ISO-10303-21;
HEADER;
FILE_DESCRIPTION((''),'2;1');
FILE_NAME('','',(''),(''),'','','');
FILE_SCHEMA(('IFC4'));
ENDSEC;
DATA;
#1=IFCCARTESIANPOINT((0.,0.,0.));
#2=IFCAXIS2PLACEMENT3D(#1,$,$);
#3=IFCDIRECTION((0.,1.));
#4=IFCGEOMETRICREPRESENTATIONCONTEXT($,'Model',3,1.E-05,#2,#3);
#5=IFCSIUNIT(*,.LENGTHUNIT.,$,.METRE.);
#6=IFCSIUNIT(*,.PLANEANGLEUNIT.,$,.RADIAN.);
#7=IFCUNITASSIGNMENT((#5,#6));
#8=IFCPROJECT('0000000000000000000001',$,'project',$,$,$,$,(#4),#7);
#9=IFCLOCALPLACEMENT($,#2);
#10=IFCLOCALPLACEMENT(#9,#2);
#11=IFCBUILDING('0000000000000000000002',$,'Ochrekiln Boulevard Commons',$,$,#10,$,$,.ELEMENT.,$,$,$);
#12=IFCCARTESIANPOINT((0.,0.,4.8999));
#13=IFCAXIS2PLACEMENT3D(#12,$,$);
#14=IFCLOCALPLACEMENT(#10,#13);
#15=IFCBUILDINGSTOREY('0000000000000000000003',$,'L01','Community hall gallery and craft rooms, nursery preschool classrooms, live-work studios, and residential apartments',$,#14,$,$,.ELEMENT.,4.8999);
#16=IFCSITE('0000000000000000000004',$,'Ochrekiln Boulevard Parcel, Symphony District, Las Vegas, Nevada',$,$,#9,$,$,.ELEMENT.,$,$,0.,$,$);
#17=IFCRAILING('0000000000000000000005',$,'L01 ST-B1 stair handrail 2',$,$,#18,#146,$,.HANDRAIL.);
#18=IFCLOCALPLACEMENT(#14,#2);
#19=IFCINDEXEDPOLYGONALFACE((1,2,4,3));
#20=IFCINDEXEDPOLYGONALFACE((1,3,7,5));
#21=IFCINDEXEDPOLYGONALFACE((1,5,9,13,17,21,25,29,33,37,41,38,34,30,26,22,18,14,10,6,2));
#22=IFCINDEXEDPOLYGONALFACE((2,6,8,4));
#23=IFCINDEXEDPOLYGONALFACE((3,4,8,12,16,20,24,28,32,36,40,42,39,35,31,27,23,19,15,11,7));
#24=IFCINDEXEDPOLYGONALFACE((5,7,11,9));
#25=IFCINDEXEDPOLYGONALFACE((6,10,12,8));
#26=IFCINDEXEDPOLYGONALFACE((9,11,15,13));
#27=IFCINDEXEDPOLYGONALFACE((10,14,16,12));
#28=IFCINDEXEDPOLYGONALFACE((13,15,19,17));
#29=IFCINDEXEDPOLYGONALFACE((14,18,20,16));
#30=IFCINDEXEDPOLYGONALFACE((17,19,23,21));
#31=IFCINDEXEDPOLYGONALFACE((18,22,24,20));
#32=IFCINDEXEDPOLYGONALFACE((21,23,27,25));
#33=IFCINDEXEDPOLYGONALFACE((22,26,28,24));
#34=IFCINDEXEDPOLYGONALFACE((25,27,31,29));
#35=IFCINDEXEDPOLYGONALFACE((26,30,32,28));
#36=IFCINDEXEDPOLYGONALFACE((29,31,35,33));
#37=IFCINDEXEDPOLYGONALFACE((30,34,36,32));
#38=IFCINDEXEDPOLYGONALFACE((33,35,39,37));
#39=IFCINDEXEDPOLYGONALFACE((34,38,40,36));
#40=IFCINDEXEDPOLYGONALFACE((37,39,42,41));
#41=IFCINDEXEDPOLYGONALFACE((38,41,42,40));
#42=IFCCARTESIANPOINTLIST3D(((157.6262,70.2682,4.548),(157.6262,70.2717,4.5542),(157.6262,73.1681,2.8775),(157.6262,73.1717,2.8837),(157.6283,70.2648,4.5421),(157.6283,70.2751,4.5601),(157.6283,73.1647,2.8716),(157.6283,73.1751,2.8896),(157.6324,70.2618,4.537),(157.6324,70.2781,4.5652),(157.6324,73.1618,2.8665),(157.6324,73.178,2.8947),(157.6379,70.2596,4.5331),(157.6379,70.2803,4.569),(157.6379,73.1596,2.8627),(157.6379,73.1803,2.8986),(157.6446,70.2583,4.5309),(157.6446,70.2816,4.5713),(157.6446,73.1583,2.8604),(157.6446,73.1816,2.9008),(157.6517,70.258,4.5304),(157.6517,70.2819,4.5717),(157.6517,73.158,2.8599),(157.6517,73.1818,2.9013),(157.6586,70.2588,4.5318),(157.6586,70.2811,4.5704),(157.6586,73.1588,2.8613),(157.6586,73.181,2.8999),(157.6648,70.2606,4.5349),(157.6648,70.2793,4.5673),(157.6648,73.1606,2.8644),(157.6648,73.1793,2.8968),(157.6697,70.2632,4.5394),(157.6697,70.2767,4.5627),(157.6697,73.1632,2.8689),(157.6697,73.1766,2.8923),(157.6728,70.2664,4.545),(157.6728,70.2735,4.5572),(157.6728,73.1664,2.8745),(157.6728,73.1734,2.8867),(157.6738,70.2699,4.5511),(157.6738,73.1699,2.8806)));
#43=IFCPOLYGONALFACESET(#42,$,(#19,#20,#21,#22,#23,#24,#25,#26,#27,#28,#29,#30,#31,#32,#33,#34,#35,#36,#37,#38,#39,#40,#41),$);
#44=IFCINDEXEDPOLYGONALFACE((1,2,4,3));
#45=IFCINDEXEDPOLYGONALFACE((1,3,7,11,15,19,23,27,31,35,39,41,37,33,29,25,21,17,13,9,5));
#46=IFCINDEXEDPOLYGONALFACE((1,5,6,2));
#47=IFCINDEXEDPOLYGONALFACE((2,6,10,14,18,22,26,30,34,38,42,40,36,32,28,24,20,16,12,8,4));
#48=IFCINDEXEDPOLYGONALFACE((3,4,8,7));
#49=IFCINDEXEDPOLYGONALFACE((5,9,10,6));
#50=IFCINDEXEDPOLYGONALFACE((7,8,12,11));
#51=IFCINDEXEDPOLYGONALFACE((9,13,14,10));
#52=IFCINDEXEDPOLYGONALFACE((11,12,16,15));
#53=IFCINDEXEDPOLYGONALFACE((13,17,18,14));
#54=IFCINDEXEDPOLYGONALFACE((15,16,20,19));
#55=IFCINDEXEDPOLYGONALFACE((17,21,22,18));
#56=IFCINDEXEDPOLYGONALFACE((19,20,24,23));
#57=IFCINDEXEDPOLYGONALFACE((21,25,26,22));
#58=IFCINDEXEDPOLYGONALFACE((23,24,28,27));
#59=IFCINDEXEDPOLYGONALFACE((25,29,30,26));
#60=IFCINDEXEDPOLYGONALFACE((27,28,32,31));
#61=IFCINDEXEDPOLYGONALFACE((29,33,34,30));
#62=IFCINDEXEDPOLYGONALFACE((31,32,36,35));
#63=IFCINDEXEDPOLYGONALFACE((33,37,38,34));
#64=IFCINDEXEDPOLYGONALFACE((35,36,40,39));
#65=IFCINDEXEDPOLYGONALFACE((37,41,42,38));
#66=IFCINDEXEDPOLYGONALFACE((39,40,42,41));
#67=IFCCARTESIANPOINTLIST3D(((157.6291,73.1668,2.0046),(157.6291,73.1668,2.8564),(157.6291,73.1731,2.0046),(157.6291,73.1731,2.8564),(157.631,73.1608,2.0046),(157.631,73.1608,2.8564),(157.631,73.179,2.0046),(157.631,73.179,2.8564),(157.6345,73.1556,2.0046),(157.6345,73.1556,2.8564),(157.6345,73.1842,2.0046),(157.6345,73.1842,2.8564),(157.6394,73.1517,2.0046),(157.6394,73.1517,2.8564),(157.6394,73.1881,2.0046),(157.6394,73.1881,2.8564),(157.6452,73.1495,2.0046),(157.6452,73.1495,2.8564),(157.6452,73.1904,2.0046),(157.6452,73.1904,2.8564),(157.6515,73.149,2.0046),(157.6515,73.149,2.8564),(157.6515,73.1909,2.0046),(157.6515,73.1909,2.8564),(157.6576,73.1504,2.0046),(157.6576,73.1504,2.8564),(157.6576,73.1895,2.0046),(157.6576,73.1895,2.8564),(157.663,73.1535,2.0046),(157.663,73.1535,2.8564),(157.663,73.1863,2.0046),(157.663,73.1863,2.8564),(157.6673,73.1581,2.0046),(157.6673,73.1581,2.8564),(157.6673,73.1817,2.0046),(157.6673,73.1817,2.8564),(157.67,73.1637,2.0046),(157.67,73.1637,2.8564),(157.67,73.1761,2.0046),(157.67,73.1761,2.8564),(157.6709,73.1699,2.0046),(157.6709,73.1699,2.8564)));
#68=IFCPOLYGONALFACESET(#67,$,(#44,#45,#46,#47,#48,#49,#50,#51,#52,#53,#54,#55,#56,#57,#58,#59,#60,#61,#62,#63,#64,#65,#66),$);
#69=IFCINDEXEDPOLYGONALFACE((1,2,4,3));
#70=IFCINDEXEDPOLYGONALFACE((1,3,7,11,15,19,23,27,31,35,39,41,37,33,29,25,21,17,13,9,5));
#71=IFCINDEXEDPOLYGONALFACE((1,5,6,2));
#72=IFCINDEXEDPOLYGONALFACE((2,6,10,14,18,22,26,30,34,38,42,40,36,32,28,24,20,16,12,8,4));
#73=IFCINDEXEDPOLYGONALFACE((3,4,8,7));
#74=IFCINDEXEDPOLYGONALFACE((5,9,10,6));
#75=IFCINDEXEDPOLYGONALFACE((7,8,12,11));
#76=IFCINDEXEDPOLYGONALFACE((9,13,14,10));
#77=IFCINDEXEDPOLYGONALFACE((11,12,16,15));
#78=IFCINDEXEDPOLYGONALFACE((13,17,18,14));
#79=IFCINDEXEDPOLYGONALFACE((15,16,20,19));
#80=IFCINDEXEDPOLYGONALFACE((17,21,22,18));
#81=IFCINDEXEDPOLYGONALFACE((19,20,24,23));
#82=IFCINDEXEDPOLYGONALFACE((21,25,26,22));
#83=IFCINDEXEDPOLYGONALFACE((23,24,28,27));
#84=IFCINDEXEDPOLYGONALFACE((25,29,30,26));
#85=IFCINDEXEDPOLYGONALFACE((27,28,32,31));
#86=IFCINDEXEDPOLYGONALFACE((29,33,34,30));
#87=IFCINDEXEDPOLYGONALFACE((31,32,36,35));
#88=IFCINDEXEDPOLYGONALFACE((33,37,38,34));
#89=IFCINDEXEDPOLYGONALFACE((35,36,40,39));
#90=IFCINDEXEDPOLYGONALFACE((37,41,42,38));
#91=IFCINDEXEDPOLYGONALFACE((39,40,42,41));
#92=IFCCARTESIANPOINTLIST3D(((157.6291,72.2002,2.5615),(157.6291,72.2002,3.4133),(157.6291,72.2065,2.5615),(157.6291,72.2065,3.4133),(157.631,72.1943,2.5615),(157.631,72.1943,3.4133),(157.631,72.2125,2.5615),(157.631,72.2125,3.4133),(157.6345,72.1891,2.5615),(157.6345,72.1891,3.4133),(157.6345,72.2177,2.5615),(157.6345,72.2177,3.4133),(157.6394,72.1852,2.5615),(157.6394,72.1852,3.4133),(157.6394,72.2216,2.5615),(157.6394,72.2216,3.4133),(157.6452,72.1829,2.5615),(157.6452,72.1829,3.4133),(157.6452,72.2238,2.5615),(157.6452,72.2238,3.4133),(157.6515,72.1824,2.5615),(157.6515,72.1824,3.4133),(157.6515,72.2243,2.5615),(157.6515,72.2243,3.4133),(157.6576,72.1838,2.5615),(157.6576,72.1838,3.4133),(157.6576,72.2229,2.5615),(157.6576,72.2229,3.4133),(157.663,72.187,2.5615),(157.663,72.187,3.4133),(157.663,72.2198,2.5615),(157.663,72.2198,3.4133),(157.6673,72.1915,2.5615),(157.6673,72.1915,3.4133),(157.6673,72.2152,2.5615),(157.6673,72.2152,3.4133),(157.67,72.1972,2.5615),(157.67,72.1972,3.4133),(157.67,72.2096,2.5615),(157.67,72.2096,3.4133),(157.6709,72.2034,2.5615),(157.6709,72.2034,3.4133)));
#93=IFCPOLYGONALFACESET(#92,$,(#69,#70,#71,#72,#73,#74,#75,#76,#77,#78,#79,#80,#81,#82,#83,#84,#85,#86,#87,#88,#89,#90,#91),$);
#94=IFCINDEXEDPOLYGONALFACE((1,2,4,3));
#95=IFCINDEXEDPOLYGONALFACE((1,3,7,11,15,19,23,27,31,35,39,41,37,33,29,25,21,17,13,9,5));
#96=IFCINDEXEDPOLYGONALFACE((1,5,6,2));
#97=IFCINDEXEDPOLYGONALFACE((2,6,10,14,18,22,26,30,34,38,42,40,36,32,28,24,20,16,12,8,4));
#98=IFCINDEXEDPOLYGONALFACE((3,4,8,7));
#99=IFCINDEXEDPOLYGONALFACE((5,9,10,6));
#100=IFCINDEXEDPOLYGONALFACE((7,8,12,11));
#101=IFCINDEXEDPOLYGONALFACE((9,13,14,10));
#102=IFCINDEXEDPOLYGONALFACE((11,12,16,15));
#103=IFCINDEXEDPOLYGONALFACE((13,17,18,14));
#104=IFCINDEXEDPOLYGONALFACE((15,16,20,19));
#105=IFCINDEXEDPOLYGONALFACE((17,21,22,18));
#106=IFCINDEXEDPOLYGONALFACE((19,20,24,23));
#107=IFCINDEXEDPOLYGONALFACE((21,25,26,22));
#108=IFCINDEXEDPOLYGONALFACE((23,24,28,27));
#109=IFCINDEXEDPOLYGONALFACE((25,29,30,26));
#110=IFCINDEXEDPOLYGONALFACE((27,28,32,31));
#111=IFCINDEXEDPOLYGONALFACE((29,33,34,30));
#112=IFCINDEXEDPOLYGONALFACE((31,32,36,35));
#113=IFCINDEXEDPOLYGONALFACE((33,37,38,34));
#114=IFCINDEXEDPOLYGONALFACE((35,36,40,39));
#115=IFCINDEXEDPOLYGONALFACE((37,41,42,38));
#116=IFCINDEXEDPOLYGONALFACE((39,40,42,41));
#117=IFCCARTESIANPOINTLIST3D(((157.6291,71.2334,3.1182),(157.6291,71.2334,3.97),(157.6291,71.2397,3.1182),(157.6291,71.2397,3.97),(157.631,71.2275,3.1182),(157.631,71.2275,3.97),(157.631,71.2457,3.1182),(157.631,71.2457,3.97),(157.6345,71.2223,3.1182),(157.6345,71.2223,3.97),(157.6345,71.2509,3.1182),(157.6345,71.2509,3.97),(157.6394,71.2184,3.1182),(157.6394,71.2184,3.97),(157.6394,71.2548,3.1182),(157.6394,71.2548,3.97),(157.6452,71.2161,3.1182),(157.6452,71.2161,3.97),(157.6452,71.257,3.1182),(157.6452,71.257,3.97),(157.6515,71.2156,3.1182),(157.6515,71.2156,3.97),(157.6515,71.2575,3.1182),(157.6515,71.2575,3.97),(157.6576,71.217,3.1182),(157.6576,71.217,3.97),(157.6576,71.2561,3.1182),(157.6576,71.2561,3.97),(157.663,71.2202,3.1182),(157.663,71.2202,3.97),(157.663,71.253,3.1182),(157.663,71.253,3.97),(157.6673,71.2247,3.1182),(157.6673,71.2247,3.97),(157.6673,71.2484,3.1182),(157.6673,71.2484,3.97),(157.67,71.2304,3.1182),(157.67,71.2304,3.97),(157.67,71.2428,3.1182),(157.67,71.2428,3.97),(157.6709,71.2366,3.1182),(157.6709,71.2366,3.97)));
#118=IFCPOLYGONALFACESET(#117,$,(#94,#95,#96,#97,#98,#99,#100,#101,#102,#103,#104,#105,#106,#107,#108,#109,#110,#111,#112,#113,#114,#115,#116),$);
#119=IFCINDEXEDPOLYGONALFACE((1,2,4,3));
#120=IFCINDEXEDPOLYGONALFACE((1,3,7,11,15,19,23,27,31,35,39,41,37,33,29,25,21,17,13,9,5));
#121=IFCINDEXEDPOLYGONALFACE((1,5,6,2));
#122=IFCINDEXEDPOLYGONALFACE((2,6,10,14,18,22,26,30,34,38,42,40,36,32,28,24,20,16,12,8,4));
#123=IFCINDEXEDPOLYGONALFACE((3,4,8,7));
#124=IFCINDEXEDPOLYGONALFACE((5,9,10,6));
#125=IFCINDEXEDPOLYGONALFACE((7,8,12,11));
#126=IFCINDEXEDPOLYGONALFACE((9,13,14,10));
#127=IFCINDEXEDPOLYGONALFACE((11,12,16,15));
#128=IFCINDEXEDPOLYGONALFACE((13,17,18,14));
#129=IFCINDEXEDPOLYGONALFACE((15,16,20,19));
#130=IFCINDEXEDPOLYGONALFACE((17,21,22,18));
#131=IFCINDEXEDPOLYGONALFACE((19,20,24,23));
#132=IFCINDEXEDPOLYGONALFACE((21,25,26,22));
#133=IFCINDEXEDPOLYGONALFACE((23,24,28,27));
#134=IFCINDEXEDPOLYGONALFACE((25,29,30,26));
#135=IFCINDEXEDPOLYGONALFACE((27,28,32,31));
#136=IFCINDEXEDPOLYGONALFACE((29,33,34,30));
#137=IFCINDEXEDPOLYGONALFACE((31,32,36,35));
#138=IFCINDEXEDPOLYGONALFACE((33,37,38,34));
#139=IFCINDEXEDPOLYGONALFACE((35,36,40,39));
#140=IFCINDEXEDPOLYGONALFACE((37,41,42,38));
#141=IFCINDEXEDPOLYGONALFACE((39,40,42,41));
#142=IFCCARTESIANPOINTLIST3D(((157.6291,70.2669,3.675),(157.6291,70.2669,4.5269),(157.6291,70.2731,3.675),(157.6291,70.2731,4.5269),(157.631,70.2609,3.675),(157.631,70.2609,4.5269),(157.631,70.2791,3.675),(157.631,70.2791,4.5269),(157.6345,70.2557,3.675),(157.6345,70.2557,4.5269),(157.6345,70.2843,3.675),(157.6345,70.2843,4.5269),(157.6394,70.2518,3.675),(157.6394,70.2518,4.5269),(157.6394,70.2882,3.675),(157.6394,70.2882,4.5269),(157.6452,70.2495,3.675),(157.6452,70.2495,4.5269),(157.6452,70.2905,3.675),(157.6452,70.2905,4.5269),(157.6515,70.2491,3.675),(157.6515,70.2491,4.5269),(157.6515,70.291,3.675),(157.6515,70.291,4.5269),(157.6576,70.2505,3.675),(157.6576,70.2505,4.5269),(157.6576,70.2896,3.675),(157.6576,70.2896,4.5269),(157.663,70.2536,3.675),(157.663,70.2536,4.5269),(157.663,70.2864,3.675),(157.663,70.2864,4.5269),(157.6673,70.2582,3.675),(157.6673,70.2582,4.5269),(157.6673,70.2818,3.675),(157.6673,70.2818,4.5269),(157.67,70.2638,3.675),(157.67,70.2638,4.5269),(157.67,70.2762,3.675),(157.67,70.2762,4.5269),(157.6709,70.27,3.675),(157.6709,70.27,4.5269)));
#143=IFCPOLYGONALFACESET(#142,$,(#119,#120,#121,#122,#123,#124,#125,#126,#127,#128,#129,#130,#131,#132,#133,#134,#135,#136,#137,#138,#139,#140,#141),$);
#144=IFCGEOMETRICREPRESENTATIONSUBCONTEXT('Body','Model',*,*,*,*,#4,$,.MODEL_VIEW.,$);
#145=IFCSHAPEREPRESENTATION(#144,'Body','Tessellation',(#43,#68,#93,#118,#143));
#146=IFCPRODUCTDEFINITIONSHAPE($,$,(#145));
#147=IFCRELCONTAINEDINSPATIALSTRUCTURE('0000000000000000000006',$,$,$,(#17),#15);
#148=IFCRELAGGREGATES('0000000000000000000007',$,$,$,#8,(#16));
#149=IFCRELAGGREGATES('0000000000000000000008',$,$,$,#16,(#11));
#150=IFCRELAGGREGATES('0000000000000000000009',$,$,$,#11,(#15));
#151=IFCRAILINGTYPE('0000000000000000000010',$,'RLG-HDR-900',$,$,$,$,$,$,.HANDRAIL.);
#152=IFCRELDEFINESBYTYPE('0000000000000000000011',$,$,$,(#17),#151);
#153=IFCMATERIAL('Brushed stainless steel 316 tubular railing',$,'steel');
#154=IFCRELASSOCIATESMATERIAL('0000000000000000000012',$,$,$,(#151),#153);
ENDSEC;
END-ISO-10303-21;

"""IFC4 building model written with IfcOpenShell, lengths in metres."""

from ifc_helpers import new_model, si_unit, direction, frame, origin, origin_2d, place, context, subcontext, project, spatial, circle, extrude, material, type_object, element, save


model = new_model("IFC4")

# Units and contexts
model_context = context("Model", 3, precision=1e-05, world=origin(), true_north=direction((0.0, 1.0)))
body_context = subcontext(model_context, "Body", "Model", "MODEL_VIEW")
ifc_project = project(units=[si_unit("LENGTHUNIT", "METRE"), si_unit("PLANEANGLEUNIT", "RADIAN")], contexts=[model_context])

# Site, building, storey
site_placement = place(None, origin())
site = spatial("IfcSite", under=ifc_project, at=site_placement, Name="Ochrekiln Boulevard Parcel, Symphony District, Las Vegas, Nevada", CompositionType="ELEMENT", RefElevation=0.0)
building_placement = place(site_placement, origin())
building = spatial("IfcBuilding", under=site, at=building_placement, Name="Ochrekiln Boulevard Commons", CompositionType="ELEMENT")
storey_placement = place(building_placement, frame((0.0, 0.0, 4.8999)))
storey = spatial("IfcBuildingStorey", under=building, at=storey_placement, Name="L01", Description="Community hall gallery and craft rooms, nursery preschool classrooms, live-work studios, and residential apartments", CompositionType="ELEMENT", Elevation=4.8999)

# Railing
ifc_material_1 = material(Name="Brushed stainless steel 316 tubular railing", Category="steel")
railing_type_1 = type_object("IfcRailingType", Name="RLG-HDR-900", PredefinedType="HANDRAIL", material=ifc_material_1)
railing_1_placement = place(storey_placement, frame((157.6499, 73.1699, 2.0046)))
element("IfcRailing", 1, at=railing_1_placement, inside=storey, type_object=railing_type_1, Name="L01 ST-B1 stair handrail 2", PredefinedType="HANDRAIL", context=body_context, shape_type="SweptSolid", body=[
    extrude(circle(Radius=0.0239, at=origin_2d()), frame((0.0, 0.0, 0.876), z_axis=(0.0, -0.866523, 0.499137), x_axis=(1.0, 0.0, 0.0)), (0.0, 0.0, 1.0), 3.3467),
    extrude(circle(Radius=0.021, at=origin_2d()), origin(), (0.0, 0.0, 1.0), 0.8518),
    extrude(circle(Radius=0.021, at=origin_2d()), frame((0.0, -0.9666, 0.5569)), (0.0, 0.0, 1.0), 0.8518),
    extrude(circle(Radius=0.021, at=origin_2d()), frame((0.0, -1.9333, 1.1135)), (0.0, 0.0, 1.0), 0.8518),
    extrude(circle(Radius=0.021, at=origin_2d()), frame((0.0, -2.8999, 1.6704)), (0.0, 0.0, 1.0), 0.8518),
])

save(model, "model.ifc")
